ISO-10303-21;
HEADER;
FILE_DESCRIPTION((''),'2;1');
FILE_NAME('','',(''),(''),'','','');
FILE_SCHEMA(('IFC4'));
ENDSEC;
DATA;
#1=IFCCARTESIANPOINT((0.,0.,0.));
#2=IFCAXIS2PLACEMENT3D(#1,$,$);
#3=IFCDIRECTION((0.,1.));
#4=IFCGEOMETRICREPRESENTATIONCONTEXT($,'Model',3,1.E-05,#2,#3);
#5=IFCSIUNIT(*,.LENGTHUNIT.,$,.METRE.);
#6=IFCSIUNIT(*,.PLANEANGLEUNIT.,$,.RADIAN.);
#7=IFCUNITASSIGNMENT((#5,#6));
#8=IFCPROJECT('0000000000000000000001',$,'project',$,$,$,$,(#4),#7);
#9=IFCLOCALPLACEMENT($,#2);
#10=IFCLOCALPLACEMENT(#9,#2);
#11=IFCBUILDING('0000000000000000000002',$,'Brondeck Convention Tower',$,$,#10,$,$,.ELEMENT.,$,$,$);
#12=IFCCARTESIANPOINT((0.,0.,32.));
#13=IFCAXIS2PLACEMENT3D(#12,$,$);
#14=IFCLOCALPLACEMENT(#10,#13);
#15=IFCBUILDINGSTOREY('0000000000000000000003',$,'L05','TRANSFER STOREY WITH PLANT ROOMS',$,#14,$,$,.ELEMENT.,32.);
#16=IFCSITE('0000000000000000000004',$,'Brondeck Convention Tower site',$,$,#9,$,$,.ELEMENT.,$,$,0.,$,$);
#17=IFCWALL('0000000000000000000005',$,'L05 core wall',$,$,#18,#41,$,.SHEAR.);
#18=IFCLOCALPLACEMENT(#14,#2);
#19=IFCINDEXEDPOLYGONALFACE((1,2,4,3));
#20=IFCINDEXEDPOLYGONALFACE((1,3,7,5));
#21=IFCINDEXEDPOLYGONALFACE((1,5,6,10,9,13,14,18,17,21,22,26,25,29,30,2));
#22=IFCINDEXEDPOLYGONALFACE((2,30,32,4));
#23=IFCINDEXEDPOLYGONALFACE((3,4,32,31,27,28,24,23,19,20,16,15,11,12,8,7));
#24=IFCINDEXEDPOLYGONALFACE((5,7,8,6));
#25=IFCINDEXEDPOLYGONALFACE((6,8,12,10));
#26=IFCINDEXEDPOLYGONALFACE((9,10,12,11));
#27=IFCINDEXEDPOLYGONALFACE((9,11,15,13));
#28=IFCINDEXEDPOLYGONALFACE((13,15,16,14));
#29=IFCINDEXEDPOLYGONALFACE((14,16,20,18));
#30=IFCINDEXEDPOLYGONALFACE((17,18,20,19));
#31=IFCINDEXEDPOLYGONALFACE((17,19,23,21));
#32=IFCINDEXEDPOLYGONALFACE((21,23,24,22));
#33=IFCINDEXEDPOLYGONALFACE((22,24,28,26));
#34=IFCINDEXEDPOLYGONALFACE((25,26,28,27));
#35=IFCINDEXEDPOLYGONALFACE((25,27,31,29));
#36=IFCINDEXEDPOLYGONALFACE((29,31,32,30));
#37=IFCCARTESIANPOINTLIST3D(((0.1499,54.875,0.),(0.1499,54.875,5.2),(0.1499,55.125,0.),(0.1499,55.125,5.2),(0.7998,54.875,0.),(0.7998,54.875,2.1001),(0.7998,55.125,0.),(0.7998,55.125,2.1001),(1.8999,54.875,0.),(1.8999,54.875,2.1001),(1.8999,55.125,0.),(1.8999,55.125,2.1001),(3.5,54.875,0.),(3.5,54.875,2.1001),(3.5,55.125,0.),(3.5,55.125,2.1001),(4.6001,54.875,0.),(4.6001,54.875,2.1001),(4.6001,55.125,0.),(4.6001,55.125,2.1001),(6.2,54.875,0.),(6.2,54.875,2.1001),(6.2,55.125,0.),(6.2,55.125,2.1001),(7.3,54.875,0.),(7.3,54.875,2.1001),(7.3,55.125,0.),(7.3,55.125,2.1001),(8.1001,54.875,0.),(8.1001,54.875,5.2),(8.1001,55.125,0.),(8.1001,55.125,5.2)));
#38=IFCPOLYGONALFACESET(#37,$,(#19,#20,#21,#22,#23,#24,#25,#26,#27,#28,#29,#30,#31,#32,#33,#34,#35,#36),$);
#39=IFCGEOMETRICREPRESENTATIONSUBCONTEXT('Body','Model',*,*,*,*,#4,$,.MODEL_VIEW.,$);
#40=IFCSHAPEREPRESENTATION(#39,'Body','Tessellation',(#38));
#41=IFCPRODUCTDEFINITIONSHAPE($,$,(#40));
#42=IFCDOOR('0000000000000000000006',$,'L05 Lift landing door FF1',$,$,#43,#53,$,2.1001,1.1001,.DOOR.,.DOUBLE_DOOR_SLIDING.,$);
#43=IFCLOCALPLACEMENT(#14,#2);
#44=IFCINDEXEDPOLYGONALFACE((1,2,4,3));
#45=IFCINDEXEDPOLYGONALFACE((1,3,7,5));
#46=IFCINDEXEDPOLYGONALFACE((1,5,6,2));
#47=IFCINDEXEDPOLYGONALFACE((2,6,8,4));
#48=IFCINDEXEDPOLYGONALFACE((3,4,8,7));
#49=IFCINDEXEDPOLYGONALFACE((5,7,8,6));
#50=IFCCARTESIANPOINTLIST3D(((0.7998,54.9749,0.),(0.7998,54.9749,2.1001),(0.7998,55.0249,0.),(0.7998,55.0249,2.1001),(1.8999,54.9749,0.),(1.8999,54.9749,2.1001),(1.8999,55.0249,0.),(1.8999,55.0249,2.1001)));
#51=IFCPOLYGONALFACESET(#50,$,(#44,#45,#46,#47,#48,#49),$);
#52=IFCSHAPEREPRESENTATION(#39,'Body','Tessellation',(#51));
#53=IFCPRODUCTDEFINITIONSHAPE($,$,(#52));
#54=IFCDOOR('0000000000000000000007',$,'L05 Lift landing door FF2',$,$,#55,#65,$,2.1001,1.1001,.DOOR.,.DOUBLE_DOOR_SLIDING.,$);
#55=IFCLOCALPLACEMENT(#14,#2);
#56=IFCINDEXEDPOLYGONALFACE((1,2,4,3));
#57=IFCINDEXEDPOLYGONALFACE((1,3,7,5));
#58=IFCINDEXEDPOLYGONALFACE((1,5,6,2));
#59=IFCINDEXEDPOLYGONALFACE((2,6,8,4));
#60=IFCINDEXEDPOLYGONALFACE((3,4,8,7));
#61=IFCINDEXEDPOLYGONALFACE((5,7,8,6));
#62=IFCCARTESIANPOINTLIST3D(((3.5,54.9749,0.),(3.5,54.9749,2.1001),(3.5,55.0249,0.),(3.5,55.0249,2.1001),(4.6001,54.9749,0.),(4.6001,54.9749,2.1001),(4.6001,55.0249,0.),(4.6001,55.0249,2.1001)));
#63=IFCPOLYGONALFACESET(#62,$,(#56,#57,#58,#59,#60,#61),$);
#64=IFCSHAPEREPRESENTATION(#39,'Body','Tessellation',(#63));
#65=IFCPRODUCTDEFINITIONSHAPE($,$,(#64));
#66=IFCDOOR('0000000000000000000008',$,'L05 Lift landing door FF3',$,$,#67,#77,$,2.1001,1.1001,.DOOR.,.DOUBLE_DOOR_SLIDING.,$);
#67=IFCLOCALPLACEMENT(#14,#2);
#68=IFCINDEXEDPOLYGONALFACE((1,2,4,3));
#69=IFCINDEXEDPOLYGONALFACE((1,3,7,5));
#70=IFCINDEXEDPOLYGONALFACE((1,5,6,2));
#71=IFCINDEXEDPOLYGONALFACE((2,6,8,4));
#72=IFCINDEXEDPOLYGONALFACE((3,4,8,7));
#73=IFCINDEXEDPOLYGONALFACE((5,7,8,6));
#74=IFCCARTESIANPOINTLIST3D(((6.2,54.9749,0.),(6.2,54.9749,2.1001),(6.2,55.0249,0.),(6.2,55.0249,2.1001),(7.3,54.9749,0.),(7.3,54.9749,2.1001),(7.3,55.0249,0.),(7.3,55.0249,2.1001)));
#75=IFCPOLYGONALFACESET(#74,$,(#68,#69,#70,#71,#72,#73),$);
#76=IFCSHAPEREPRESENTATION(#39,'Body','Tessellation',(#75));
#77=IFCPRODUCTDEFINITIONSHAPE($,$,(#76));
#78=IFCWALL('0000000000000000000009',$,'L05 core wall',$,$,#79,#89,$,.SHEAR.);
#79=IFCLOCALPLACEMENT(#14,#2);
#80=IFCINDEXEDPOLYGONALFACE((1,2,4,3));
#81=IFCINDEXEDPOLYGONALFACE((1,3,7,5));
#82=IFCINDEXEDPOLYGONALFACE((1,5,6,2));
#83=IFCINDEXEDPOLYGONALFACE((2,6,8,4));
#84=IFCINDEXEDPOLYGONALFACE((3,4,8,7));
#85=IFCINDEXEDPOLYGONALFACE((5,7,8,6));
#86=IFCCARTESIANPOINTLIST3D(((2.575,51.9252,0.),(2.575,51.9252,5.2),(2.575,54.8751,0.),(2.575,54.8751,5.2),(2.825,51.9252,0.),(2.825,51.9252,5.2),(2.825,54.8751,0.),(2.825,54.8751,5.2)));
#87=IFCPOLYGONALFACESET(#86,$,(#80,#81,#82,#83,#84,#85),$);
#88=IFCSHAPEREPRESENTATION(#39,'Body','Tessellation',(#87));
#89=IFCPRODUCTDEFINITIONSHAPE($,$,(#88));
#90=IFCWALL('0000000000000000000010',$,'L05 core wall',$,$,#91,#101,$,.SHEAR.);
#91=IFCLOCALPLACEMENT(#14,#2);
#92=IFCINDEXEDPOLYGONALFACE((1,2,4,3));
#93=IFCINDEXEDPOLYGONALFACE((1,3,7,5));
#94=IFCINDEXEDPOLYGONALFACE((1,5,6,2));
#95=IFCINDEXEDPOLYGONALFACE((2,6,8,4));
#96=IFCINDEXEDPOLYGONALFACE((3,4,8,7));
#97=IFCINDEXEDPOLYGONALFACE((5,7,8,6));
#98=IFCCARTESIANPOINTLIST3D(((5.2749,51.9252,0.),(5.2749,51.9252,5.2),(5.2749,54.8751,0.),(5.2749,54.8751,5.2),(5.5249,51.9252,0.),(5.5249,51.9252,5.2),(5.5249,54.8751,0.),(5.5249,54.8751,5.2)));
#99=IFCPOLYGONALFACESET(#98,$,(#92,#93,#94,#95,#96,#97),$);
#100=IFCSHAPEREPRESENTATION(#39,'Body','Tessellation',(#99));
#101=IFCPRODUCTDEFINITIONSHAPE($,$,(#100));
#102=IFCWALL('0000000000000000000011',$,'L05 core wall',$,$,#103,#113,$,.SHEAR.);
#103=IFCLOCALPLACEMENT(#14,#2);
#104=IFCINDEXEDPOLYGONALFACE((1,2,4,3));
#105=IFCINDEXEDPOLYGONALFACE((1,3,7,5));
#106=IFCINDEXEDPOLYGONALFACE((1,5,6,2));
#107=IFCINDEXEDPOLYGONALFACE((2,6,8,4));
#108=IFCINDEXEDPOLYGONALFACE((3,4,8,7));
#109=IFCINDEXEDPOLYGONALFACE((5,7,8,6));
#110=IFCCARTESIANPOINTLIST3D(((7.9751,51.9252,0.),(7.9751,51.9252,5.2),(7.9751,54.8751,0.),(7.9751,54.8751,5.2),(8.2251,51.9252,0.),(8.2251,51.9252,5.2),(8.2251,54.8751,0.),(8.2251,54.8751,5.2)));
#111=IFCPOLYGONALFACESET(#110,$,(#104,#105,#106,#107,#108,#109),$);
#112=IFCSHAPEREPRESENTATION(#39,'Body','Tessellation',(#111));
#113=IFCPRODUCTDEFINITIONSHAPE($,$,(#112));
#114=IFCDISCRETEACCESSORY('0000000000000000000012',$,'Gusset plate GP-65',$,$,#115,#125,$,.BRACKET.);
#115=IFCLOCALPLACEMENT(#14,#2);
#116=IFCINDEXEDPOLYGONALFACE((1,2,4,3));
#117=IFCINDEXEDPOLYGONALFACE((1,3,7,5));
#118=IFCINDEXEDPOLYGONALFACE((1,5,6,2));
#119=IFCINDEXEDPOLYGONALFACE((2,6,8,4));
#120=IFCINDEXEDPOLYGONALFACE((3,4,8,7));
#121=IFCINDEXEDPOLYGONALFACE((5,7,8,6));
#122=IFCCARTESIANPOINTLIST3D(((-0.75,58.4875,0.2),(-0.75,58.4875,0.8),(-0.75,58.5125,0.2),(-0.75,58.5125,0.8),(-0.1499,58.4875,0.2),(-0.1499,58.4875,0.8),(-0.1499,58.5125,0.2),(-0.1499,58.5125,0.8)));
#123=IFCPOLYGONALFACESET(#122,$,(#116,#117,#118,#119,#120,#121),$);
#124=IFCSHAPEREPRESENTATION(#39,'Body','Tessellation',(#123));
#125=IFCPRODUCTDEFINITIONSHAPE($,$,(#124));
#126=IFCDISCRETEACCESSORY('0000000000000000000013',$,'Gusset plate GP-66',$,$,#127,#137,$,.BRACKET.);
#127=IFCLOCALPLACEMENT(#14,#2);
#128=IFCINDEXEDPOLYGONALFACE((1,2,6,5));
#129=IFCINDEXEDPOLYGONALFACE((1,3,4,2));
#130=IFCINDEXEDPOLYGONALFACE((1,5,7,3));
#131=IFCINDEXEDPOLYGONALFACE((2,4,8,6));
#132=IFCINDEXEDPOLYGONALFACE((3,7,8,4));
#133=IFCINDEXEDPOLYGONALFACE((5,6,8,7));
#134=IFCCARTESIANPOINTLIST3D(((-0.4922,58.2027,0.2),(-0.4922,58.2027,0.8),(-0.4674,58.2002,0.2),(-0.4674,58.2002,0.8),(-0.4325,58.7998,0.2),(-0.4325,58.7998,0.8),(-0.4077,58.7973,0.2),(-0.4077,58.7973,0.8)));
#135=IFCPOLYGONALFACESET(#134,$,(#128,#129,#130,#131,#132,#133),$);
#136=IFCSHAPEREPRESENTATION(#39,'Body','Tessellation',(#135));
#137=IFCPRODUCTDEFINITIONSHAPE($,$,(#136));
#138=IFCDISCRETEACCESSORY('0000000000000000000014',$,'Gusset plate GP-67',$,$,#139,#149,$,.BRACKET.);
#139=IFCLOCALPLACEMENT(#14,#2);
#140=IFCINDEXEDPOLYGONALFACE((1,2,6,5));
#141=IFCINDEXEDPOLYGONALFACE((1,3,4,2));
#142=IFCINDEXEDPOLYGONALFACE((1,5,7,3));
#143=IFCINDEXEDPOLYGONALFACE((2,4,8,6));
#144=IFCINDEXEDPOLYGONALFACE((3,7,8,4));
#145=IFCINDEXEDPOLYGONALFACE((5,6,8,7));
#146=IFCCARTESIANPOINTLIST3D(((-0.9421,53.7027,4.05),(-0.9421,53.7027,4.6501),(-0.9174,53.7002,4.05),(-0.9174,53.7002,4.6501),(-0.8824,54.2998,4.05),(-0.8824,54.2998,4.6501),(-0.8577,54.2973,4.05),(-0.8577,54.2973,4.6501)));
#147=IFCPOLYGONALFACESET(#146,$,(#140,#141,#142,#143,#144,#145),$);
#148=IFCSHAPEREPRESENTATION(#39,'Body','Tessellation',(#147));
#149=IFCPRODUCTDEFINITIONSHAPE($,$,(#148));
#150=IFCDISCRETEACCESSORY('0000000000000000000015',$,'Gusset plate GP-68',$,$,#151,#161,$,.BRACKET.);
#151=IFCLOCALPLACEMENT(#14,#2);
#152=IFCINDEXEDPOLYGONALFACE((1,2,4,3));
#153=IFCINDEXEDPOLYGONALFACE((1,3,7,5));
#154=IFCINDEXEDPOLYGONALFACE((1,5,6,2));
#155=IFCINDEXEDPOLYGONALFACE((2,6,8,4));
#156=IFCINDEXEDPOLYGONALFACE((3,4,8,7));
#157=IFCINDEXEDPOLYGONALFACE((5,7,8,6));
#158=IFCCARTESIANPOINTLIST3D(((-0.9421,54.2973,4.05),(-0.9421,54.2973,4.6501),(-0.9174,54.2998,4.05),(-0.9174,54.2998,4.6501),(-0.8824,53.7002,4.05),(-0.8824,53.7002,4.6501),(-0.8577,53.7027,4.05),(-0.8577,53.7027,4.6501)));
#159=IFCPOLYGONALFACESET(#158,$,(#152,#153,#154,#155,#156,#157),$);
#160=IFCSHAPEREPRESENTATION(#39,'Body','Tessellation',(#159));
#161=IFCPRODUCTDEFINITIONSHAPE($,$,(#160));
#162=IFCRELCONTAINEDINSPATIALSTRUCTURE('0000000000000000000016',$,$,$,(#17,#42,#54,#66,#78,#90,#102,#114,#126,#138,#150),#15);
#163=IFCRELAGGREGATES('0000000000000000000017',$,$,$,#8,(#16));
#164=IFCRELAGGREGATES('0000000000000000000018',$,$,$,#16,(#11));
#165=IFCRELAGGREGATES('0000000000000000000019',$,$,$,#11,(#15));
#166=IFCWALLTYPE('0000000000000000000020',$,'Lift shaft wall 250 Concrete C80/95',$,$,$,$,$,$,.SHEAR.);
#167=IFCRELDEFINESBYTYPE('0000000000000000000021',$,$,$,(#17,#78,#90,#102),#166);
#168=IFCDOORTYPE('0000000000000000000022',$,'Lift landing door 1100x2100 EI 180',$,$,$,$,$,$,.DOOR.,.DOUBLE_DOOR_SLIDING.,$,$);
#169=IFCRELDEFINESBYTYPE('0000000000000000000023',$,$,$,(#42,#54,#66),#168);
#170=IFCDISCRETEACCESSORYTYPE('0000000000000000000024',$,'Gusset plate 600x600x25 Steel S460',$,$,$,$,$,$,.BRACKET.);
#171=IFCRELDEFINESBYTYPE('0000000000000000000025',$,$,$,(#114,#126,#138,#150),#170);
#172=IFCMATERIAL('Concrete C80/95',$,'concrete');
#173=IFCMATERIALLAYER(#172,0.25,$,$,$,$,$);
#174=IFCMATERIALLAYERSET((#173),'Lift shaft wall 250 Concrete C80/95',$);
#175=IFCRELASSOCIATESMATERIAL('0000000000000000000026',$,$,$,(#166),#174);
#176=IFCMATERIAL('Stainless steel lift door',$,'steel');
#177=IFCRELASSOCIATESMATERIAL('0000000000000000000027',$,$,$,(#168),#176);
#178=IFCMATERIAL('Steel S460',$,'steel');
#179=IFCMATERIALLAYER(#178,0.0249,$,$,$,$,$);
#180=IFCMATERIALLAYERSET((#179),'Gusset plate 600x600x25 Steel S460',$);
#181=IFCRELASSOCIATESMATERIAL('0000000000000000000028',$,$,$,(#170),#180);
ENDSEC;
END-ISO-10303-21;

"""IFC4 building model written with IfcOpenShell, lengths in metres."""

from ifc_helpers import new_model, si_unit, direction, frame, frame_2d, origin, origin_2d, place, context, subcontext, project, spatial, rectangle, extrude, material, layer, layer_set, type_object, element, fill, save


model = new_model("IFC4")

# Units and contexts
model_context = context("Model", 3, precision=1e-05, world=origin(), true_north=direction((0.0, 1.0)))
body_context = subcontext(model_context, "Body", "Model", "MODEL_VIEW")
ifc_project = project(units=[si_unit("LENGTHUNIT", "METRE"), si_unit("PLANEANGLEUNIT", "RADIAN")], contexts=[model_context])

# Site, building, storey
site_placement = place(None, origin())
site = spatial("IfcSite", under=ifc_project, at=site_placement, Name="Brondeck Convention Tower site", CompositionType="ELEMENT", RefElevation=0.0)
building_placement = place(site_placement, origin())
building = spatial("IfcBuilding", under=site, at=building_placement, Name="Brondeck Convention Tower", CompositionType="ELEMENT")
storey_placement = place(building_placement, frame((0.0, 0.0, 32.0)))
storey = spatial("IfcBuildingStorey", under=building, at=storey_placement, Name="L05", Description="TRANSFER STOREY WITH PLANT ROOMS", CompositionType="ELEMENT", Elevation=32.0)

# Shared definitions
ifc_material_1 = material(Name="Steel S460", Category="steel")

# Shared definitions
ifc_material_2 = material(Name="Concrete C80/95", Category="concrete")

# Shared definitions
ifc_layer_1 = layer(ifc_material_2, 0.25)
ifc_layer_set_1 = layer_set([ifc_layer_1], Name="Lift shaft wall 250 Concrete C80/95")
wall_type_1 = type_object("IfcWallType", Name="Lift shaft wall 250 Concrete C80/95", PredefinedType="SHEAR", material=ifc_layer_set_1)

# Wall, openings, doors
wall_1_placement = place(storey_placement, frame((0.1499, 55.0, 0.0), z_axis=(0.0, 0.0, 1.0), x_axis=(1.0, 0.0, 0.0)))
wall_1 = element("IfcWall", 1, at=wall_1_placement, inside=storey, type_object=wall_type_1, Name="L05 core wall", PredefinedType="SHEAR", context=body_context, shape_type="SweptSolid", body=[
    extrude(rectangle(XDim=7.9502, YDim=0.25, at=frame_2d((3.9751, 0.0))), origin(), (0.0, 0.0, 1.0), 5.2),
])
opening_1_placement = place(wall_1_placement, frame((0.6499, 0.0, 0.0)))
opening_1 = element("IfcOpeningElement", 2, at=opening_1_placement, cuts=wall_1, PredefinedType="OPENING", context=body_context, shape_type="SweptSolid", body=[
    extrude(rectangle(XDim=1.1001, YDim=2.1001, at=frame_2d((0.55, 1.05))), frame((0.0, 0.135, 0.0), z_axis=(0.0, -1.0, 0.0), x_axis=(1.0, 0.0, 0.0)), (0.0, 0.0, 1.0), 0.27),
])
opening_2_placement = place(wall_1_placement, frame((3.3501, 0.0, 0.0)))
opening_2 = element("IfcOpeningElement", 3, at=opening_2_placement, cuts=wall_1, PredefinedType="OPENING", context=body_context, shape_type="SweptSolid", body=[
    extrude(rectangle(XDim=1.1001, YDim=2.1001, at=frame_2d((0.55, 1.05))), frame((0.0, 0.135, 0.0), z_axis=(0.0, -1.0, 0.0), x_axis=(1.0, 0.0, 0.0)), (0.0, 0.0, 1.0), 0.27),
])
opening_3_placement = place(wall_1_placement, frame((6.05, 0.0, 0.0)))
opening_3 = element("IfcOpeningElement", 4, at=opening_3_placement, cuts=wall_1, PredefinedType="OPENING", context=body_context, shape_type="SweptSolid", body=[
    extrude(rectangle(XDim=1.1001, YDim=2.1001, at=frame_2d((0.55, 1.05))), frame((0.0, 0.135, 0.0), z_axis=(0.0, -1.0, 0.0), x_axis=(1.0, 0.0, 0.0)), (0.0, 0.0, 1.0), 0.27),
])
ifc_material_3 = material(Name="Stainless steel lift door", Category="steel")
door_type_1 = type_object("IfcDoorType", Name="Lift landing door 1100x2100 EI 180", OperationType="DOUBLE_DOOR_SLIDING", PredefinedType="DOOR", material=ifc_material_3)
door_1_placement = place(opening_1_placement, origin())
door_1 = element("IfcDoor", 5, at=door_1_placement, inside=storey, type_object=door_type_1, Name="L05 Lift landing door FF1", OperationType="DOUBLE_DOOR_SLIDING", OverallHeight=2.1001, OverallWidth=1.1001, PredefinedType="DOOR", context=body_context, shape_type="SweptSolid", body=[
    extrude(rectangle(XDim=1.1001, YDim=2.1001, at=frame_2d((0.55, 1.05))), frame((0.0, 0.0249, 0.0), z_axis=(0.0, -1.0, 0.0), x_axis=(1.0, 0.0, 0.0)), (0.0, 0.0, 1.0), 0.05),
])
fill(opening_1, door_1)
door_2_placement = place(opening_2_placement, origin())
door_2 = element("IfcDoor", 6, at=door_2_placement, inside=storey, type_object=door_type_1, Name="L05 Lift landing door FF2", OperationType="DOUBLE_DOOR_SLIDING", OverallHeight=2.1001, OverallWidth=1.1001, PredefinedType="DOOR", context=body_context, shape_type="SweptSolid", body=[
    extrude(rectangle(XDim=1.1001, YDim=2.1001, at=frame_2d((0.55, 1.05))), frame((0.0, 0.0249, 0.0), z_axis=(0.0, -1.0, 0.0), x_axis=(1.0, 0.0, 0.0)), (0.0, 0.0, 1.0), 0.05),
])
fill(opening_2, door_2)
door_3_placement = place(opening_3_placement, origin())
door_3 = element("IfcDoor", 7, at=door_3_placement, inside=storey, type_object=door_type_1, Name="L05 Lift landing door FF3", OperationType="DOUBLE_DOOR_SLIDING", OverallHeight=2.1001, OverallWidth=1.1001, PredefinedType="DOOR", context=body_context, shape_type="SweptSolid", body=[
    extrude(rectangle(XDim=1.1001, YDim=2.1001, at=frame_2d((0.55, 1.05))), frame((0.0, 0.0249, 0.0), z_axis=(0.0, -1.0, 0.0), x_axis=(1.0, 0.0, 0.0)), (0.0, 0.0, 1.0), 0.05),
])
fill(opening_3, door_3)

# Walls
for number, where, z_axis, x_axis, name in (
    (8, (2.7, 51.925, 0.0), (0.0, 0.0, 1.0), (0.0, 1.0, 0.0), "L05 core wall"),
    (9, (5.3999, 51.925, 0.0), (0.0, 0.0, 1.0), (0.0, 1.0, 0.0), "L05 core wall"),
    (10, (8.1001, 51.925, 0.0), (0.0, 0.0, 1.0), (0.0, 1.0, 0.0), "L05 core wall"),
):
    element("IfcWall", number, at=place(storey_placement, frame(where, z_axis=z_axis, x_axis=x_axis)), inside=storey, type_object=wall_type_1, Name=name, PredefinedType="SHEAR", context=body_context, shape_type="SweptSolid", body=[
        extrude(rectangle(XDim=2.95, YDim=0.25, at=frame_2d((1.4751, 0.0))), origin(), (0.0, 0.0, 1.0), 5.2),
    ])

# Discrete accessories
ifc_layer_2 = layer(ifc_material_1, 0.0249)
ifc_layer_set_2 = layer_set([ifc_layer_2], Name="Gusset plate 600x600x25 Steel S460")
discrete_accessory_type = type_object("IfcDiscreteAccessoryType", Name="Gusset plate 600x600x25 Steel S460", PredefinedType="BRACKET", material=ifc_layer_set_2)
for number, where, z_axis, x_axis, name in (
    (11, (-0.45, 58.5, 0.2), (0.0, 0.0, 1.0), (1.0, 0.0, 0.0), "Gusset plate GP-65"),
    (12, (-0.45, 58.5, 0.2), (0.0, 0.0, 1.0), (0.099511, 0.995036, 0.0), "Gusset plate GP-66"),
    (13, (-0.8999, 54.0, 4.05), (0.0, 0.0, 1.0), (0.099511, 0.995036, 0.0), "Gusset plate GP-67"),
    (14, (-0.8999, 54.0, 4.05), (0.0, 0.0, 1.0), (-0.099511, 0.995036, 0.0), "Gusset plate GP-68"),
):
    element("IfcDiscreteAccessory", number, at=place(storey_placement, frame(where, z_axis=z_axis, x_axis=x_axis)), inside=storey, type_object=discrete_accessory_type, Name=name, PredefinedType="BRACKET", context=body_context, shape_type="SweptSolid", body=[
        extrude(rectangle(XDim=0.6001, YDim=0.0249, at=origin_2d()), origin(), (0.0, 0.0, 1.0), 0.6001),
    ])

save(model, "model.ifc")
